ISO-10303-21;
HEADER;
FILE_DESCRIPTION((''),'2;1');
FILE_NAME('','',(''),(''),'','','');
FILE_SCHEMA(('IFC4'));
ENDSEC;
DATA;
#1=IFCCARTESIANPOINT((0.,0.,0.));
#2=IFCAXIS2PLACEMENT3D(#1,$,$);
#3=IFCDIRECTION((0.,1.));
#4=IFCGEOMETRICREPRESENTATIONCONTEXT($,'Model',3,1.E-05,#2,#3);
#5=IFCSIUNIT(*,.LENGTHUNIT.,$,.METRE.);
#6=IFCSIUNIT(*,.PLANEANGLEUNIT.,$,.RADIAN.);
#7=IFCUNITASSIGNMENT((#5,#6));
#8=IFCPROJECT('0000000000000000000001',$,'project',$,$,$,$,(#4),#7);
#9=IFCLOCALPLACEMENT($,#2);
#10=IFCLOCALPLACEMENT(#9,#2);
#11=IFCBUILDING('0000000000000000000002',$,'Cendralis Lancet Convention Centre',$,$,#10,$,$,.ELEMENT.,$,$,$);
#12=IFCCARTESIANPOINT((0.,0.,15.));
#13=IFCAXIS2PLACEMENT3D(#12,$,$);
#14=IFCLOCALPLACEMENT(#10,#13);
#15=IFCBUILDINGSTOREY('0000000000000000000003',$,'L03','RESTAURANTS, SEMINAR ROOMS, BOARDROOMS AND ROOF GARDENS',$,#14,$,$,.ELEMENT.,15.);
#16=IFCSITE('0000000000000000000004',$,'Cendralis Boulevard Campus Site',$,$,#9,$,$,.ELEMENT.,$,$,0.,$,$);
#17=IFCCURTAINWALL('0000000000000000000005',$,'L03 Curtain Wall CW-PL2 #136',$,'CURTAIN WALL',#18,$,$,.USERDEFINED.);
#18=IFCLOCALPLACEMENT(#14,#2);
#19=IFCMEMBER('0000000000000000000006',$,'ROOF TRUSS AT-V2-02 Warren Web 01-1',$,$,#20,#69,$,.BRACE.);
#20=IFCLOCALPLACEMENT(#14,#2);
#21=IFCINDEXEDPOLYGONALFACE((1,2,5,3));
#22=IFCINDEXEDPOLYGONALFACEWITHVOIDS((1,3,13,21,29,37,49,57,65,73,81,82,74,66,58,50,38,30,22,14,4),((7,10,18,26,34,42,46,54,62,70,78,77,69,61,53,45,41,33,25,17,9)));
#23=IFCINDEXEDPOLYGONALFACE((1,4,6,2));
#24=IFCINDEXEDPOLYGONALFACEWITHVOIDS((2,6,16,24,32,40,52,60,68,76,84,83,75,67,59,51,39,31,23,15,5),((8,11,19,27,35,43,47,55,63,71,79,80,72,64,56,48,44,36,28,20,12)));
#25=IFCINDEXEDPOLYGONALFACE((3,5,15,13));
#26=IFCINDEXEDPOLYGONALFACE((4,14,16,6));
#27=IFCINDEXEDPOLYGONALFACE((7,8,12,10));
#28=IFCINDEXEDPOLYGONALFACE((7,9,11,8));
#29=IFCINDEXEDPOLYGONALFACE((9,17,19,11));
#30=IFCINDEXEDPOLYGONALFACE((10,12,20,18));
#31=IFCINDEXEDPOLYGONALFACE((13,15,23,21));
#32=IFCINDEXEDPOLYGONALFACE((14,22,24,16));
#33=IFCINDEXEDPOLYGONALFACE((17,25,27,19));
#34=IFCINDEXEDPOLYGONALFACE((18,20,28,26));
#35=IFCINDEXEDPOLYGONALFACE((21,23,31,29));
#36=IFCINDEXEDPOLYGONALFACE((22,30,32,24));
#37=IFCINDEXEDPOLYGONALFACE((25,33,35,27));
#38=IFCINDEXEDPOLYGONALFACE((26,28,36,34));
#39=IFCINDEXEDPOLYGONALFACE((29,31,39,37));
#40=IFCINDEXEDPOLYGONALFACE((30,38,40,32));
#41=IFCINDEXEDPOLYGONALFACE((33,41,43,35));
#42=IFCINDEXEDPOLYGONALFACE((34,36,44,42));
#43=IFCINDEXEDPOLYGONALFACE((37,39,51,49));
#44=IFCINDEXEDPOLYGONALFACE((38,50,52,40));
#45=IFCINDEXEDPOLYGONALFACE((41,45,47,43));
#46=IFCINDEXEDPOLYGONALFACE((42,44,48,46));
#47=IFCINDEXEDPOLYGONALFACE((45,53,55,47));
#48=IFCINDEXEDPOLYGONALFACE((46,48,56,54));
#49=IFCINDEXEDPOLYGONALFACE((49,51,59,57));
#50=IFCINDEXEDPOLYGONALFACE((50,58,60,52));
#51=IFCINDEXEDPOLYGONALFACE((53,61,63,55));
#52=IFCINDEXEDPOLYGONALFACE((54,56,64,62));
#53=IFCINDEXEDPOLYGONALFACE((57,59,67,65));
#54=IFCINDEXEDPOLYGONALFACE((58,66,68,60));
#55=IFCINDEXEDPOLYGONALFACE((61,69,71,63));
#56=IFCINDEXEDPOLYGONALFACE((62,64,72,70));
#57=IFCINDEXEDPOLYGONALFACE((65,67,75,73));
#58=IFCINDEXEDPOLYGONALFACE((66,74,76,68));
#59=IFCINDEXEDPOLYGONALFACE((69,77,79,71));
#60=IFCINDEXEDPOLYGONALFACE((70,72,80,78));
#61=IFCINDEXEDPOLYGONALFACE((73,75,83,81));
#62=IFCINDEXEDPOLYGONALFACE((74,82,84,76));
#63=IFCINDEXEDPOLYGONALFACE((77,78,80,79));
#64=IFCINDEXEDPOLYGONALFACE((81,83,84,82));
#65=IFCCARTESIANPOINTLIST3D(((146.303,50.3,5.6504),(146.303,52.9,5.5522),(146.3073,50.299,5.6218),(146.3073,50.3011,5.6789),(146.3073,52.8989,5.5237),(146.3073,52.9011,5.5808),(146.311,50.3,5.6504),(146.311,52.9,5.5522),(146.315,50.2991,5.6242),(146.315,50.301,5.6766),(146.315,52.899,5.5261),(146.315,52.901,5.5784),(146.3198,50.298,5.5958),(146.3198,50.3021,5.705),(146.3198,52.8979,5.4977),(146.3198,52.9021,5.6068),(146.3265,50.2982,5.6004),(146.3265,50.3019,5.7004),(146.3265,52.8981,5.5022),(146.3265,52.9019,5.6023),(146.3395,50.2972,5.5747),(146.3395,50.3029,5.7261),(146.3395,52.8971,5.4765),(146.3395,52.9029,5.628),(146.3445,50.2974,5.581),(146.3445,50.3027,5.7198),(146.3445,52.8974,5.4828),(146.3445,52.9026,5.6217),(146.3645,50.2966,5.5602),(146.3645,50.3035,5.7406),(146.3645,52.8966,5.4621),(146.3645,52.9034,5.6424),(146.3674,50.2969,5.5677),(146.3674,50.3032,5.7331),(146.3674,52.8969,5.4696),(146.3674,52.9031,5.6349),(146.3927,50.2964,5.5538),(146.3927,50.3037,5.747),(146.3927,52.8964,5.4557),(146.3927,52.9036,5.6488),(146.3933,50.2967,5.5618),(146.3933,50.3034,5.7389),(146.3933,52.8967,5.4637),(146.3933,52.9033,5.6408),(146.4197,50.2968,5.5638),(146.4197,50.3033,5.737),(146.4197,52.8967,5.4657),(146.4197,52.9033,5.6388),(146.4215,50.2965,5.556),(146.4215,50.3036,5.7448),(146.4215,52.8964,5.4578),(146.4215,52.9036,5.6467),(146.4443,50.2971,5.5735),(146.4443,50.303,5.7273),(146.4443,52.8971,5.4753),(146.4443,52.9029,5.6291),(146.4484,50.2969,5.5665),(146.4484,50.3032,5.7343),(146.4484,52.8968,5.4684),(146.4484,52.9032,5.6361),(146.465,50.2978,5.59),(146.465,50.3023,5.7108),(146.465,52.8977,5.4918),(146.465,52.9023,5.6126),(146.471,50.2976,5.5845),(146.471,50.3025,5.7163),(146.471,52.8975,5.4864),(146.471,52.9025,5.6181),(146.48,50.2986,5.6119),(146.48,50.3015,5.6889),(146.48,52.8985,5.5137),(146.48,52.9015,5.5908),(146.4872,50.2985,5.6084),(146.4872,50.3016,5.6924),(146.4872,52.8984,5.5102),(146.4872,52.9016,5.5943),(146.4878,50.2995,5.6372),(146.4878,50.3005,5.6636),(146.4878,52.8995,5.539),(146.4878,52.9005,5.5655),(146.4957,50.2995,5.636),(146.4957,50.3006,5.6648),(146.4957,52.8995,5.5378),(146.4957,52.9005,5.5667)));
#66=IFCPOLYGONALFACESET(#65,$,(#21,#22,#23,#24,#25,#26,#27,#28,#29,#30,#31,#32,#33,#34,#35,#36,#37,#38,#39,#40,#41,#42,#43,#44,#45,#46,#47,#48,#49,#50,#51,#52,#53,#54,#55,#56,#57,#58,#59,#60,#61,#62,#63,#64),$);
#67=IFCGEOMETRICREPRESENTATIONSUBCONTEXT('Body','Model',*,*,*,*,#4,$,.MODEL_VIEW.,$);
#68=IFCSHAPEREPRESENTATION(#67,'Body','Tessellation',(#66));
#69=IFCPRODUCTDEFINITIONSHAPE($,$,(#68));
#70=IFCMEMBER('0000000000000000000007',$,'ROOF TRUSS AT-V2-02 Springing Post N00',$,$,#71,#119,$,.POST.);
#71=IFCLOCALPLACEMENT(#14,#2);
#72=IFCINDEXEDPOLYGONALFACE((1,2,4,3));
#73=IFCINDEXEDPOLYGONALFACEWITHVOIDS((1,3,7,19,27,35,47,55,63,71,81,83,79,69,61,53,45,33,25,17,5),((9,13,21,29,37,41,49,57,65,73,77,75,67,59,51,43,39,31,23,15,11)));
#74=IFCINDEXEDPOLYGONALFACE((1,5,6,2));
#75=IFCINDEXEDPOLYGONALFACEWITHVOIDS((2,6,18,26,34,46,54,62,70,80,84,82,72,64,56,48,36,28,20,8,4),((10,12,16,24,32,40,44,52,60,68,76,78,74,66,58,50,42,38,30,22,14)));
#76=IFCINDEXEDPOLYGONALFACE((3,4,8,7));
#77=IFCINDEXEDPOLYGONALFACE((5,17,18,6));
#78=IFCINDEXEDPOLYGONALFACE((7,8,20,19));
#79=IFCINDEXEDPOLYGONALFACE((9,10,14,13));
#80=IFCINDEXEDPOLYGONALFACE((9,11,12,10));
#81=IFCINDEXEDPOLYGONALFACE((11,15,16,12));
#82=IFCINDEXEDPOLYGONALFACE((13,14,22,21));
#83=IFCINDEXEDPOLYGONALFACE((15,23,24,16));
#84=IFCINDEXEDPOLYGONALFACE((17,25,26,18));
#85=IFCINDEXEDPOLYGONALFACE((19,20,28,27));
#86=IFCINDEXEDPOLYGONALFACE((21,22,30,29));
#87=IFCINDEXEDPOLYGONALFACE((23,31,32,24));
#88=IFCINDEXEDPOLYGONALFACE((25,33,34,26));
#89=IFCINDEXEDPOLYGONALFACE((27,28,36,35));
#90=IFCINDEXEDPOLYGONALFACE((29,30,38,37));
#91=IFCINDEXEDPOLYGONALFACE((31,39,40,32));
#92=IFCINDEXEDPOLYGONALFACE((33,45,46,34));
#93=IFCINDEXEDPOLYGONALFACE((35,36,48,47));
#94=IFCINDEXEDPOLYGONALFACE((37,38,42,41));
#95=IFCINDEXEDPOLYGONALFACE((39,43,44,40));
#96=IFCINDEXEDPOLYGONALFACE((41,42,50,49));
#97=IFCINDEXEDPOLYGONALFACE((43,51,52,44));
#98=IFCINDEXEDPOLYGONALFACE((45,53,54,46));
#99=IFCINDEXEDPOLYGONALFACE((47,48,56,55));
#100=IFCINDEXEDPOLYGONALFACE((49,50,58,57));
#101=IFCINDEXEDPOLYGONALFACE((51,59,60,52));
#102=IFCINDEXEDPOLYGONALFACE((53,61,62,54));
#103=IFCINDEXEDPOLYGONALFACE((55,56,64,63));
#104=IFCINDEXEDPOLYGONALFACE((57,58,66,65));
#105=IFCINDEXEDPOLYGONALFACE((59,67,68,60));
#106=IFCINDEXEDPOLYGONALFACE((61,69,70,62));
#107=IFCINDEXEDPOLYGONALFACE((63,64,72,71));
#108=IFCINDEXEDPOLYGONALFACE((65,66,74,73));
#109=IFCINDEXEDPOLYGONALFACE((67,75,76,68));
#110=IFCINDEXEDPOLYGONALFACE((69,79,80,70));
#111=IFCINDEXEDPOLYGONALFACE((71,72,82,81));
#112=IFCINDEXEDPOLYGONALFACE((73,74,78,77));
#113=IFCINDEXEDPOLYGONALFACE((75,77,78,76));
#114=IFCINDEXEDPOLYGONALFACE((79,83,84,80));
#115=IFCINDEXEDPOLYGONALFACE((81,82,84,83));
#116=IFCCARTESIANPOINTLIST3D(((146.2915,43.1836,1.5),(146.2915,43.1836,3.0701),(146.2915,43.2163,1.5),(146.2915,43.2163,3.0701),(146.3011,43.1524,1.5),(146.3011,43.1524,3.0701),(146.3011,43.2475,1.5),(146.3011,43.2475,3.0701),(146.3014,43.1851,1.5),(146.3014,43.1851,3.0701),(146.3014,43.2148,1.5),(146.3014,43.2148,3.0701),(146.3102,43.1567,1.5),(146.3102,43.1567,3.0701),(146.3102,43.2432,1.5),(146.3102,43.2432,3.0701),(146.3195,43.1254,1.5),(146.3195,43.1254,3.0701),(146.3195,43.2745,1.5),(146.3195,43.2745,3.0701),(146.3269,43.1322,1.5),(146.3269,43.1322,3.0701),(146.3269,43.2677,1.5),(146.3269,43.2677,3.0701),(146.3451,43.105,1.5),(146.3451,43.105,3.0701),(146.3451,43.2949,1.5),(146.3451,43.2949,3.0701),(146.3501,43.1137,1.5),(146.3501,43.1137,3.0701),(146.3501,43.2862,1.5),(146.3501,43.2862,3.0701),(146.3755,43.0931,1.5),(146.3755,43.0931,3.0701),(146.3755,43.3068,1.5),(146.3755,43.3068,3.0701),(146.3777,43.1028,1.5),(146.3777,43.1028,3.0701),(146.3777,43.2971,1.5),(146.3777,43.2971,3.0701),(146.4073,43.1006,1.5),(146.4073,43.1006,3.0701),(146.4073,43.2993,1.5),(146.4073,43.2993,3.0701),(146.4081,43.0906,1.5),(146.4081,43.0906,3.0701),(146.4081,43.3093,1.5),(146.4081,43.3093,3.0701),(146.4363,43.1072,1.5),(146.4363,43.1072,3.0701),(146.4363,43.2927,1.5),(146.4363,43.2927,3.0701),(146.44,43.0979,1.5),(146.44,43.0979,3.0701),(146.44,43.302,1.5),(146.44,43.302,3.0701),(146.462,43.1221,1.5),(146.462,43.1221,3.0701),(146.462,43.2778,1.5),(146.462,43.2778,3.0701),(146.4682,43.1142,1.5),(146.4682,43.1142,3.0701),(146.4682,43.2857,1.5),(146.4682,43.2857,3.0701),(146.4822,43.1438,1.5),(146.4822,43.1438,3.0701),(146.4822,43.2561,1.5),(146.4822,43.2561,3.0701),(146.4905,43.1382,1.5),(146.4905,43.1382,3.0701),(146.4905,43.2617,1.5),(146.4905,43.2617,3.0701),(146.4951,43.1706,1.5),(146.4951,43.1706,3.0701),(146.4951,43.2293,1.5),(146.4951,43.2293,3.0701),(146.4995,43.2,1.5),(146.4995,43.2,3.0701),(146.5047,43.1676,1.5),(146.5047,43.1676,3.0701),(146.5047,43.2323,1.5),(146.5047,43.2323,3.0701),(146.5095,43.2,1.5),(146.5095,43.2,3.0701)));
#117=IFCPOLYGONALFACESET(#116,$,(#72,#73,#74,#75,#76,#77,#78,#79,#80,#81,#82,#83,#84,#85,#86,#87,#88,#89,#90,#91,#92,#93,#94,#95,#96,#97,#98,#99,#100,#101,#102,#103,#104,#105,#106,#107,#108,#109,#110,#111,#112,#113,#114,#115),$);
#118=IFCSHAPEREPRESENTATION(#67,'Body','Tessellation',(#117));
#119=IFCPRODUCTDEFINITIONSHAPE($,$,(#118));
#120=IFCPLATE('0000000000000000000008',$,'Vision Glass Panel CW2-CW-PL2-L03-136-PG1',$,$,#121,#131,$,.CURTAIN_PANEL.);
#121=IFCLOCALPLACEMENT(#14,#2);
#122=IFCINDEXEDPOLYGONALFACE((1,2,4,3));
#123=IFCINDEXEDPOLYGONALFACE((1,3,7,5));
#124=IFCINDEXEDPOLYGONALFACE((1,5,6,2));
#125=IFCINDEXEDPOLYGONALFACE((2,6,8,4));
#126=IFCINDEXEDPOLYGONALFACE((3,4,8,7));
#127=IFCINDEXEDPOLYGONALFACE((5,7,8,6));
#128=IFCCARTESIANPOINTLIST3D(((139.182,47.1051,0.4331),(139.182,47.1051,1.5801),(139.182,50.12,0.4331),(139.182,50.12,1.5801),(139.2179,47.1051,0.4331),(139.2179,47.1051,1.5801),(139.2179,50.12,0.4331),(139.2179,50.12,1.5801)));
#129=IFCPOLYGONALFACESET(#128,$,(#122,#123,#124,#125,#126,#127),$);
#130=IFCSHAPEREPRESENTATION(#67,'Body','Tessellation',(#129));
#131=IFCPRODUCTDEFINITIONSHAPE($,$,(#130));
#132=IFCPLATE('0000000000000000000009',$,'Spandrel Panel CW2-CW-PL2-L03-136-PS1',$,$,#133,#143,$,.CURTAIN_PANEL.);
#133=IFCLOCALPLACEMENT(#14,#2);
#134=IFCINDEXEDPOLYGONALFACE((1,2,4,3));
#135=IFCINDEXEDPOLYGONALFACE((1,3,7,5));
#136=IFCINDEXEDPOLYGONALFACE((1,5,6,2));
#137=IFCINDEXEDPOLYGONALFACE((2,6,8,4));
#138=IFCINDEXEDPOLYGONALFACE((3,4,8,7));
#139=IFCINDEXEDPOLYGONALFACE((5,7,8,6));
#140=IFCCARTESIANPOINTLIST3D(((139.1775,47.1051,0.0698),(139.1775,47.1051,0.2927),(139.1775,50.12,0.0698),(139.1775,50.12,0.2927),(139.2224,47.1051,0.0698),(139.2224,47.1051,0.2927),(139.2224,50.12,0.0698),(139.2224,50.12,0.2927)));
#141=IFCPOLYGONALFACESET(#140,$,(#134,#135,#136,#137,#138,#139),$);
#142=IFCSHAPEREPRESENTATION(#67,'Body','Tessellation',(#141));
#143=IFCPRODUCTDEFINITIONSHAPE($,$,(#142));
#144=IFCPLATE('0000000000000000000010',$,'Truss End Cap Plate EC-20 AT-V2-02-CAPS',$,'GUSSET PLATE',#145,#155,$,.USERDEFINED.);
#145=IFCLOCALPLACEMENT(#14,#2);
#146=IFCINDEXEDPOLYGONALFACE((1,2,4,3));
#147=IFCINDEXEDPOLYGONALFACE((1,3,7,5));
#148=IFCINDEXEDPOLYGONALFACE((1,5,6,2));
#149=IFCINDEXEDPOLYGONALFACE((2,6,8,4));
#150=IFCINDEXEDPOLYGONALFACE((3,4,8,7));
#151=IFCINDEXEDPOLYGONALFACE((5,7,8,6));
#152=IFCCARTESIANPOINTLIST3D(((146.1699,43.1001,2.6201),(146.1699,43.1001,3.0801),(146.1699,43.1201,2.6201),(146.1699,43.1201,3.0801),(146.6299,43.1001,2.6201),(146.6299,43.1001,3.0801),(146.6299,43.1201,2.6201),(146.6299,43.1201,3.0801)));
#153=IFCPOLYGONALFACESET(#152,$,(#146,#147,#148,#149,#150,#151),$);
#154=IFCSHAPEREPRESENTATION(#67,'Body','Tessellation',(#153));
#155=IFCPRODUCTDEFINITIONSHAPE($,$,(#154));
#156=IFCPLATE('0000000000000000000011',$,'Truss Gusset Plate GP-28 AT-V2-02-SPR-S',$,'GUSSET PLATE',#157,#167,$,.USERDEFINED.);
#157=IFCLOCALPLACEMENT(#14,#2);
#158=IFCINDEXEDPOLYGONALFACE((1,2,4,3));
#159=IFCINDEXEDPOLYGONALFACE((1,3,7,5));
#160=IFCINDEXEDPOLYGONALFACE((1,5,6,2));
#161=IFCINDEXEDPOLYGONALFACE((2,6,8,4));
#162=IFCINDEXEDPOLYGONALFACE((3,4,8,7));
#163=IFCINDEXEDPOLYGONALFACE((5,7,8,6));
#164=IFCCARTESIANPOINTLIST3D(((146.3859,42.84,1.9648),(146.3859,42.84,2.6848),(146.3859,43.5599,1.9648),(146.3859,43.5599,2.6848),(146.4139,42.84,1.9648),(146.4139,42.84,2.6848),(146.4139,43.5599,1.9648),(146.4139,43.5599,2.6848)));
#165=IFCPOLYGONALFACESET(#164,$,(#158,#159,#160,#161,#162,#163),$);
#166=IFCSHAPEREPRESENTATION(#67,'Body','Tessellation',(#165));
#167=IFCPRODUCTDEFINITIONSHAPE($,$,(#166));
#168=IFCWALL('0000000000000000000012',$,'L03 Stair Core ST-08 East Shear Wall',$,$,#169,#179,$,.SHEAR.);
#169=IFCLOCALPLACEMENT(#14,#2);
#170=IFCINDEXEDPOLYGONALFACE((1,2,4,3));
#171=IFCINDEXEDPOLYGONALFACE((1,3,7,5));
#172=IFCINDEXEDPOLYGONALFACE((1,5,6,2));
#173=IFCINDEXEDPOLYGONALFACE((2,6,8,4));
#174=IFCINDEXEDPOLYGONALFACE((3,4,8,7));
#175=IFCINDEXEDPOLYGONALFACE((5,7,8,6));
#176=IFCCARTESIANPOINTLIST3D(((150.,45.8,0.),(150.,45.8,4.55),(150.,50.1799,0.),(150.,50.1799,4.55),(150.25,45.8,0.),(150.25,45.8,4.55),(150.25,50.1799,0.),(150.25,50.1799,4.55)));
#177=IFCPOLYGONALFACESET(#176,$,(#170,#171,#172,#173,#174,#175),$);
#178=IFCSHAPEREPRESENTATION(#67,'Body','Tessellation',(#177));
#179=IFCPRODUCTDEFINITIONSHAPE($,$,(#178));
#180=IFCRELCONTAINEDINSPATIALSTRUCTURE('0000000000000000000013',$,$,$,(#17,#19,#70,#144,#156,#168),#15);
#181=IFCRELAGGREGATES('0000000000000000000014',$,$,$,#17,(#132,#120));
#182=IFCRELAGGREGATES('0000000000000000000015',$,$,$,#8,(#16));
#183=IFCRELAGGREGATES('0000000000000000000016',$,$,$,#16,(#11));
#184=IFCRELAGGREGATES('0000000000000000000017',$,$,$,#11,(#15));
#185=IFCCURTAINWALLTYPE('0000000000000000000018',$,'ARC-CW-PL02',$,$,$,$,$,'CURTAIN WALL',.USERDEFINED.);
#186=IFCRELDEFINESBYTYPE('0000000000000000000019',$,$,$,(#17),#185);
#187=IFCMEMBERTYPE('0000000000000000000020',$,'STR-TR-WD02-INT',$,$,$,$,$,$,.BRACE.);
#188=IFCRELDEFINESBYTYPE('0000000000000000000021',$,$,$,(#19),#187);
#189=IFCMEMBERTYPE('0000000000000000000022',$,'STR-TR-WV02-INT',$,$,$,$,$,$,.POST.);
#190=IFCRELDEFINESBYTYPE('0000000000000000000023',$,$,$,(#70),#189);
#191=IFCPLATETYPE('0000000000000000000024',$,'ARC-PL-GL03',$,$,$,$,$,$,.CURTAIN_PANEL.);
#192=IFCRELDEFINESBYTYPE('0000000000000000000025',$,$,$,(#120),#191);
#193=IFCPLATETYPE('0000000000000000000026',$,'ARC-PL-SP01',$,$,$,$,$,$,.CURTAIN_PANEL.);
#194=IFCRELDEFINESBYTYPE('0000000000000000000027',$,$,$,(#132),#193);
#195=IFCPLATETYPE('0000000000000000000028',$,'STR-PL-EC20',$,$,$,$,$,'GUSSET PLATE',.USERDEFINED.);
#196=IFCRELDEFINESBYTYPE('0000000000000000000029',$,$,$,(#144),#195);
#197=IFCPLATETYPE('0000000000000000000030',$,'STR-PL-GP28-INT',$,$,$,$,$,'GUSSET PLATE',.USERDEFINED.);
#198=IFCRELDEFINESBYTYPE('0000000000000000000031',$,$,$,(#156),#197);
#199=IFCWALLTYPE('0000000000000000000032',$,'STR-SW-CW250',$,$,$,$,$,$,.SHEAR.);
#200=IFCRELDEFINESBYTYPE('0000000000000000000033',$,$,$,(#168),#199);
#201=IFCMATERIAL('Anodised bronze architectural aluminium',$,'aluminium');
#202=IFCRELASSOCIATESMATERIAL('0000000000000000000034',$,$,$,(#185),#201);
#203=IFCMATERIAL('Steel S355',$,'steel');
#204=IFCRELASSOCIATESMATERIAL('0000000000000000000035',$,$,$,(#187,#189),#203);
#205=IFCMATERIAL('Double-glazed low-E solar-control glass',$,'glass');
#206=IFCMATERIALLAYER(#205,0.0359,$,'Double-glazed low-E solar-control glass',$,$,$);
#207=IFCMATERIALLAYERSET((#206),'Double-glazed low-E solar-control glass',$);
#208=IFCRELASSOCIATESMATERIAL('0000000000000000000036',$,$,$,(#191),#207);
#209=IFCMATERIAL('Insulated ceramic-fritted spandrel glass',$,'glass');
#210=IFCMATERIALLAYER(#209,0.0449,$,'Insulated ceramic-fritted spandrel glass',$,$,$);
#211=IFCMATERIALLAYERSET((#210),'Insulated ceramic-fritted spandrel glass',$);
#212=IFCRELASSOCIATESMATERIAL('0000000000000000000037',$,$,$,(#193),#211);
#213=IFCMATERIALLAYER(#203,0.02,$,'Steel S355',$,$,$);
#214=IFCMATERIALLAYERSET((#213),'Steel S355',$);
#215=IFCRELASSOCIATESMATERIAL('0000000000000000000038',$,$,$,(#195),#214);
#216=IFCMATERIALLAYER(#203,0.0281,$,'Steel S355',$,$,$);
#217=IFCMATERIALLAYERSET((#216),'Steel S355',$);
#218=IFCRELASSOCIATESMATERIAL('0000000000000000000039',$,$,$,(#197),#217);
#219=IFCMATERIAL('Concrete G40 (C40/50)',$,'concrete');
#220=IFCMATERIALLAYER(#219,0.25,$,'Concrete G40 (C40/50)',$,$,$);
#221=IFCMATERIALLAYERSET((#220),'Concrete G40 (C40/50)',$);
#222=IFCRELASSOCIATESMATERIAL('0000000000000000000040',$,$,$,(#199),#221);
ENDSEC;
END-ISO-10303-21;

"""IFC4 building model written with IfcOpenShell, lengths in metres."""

from ifc_helpers import new_model, si_unit, direction, frame, frame_2d, origin, origin_2d, place, context, subcontext, project, spatial, rectangle, hollow_circle, extrude, material, layer, layer_set, material_profile, profile_set, type_object, element, aggregate, save


model = new_model("IFC4")

# Units and contexts
model_context = context("Model", 3, precision=1e-05, world=origin(), true_north=direction((0.0, 1.0)))
body_context = subcontext(model_context, "Body", "Model", "MODEL_VIEW")
ifc_project = project(units=[si_unit("LENGTHUNIT", "METRE"), si_unit("PLANEANGLEUNIT", "RADIAN")], contexts=[model_context])

# Site, building, storey
site_placement = place(None, origin())
site = spatial("IfcSite", under=ifc_project, at=site_placement, Name="Cendralis Boulevard Campus Site", CompositionType="ELEMENT", RefElevation=0.0)
building_placement = place(site_placement, origin())
building = spatial("IfcBuilding", under=site, at=building_placement, Name="Cendralis Lancet Convention Centre", CompositionType="ELEMENT")
storey_placement = place(building_placement, frame((0.0, 0.0, 15.0)))
storey = spatial("IfcBuildingStorey", under=building, at=storey_placement, Name="L03", Description="RESTAURANTS, SEMINAR ROOMS, BOARDROOMS AND ROOF GARDENS", CompositionType="ELEMENT", Elevation=15.0)

# Shared definitions
ifc_material_1 = material(Name="Concrete G40 (C40/50)", Category="concrete")
ifc_material_2 = material(Name="Steel S355", Category="steel")

# Curtain wall
ifc_material_3 = material(Name="Anodised bronze architectural aluminium", Category="aluminium")
curtain_wall_type = type_object("IfcCurtainWallType", Name="ARC-CW-PL02", ElementType="CURTAIN WALL", PredefinedType="USERDEFINED", material=ifc_material_3)
curtain_wall_placement = place(storey_placement, origin())
curtain_wall = element("IfcCurtainWall", 1, at=curtain_wall_placement, inside=storey, type_object=curtain_wall_type, Name="L03 Curtain Wall CW-PL2 #136", ObjectType="CURTAIN WALL", PredefinedType="USERDEFINED")

# Members
ifc_material_profile_1 = material_profile(ifc_material_2, hollow_circle(Radius=0.0969, WallThickness=0.0081, at=origin_2d()), Name="CHS 193.7x8.0")
ifc_profile_set_1 = profile_set([ifc_material_profile_1], Name="Steel S355")
member_type_1 = type_object("IfcMemberType", Name="STR-TR-WD02-INT", PredefinedType="BRACE", material=ifc_profile_set_1)
member_1_placement = place(storey_placement, frame((146.3999, 50.3, 5.6504), z_axis=(0.0, 0.999288, -0.037723), x_axis=(-1.0, 0.0, 0.0)))
element("IfcMember", 2, at=member_1_placement, inside=storey, type_object=member_type_1, Name="ROOF TRUSS AT-V2-02 Warren Web 01-1", PredefinedType="BRACE", context=body_context, shape_type="SweptSolid", body=[
    extrude(hollow_circle(Radius=0.0969, WallThickness=0.0081, at=origin_2d()), origin(), (0.0, 0.0, 1.0), 2.6018),
])
ifc_material_profile_2 = material_profile(ifc_material_2, hollow_circle(Radius=0.1096, WallThickness=0.01, at=origin_2d()), Name="CHS 219.1x10.0")
ifc_profile_set_2 = profile_set([ifc_material_profile_2], Name="Steel S355")
member_type_2 = type_object("IfcMemberType", Name="STR-TR-WV02-INT", PredefinedType="POST", material=ifc_profile_set_2)
member_2_placement = place(storey_placement, frame((146.3999, 43.2, 1.5), z_axis=(0.0, 0.0, 1.0), x_axis=(1.0, 0.0, 0.0)))
element("IfcMember", 3, at=member_2_placement, inside=storey, type_object=member_type_2, Name="ROOF TRUSS AT-V2-02 Springing Post N00", PredefinedType="POST", context=body_context, shape_type="SweptSolid", body=[
    extrude(hollow_circle(Radius=0.1096, WallThickness=0.01, at=origin_2d()), origin(), (0.0, 0.0, 1.0), 1.5701),
])

# Plates
ifc_material_4 = material(Name="Double-glazed low-E solar-control glass", Category="glass")
ifc_layer_1 = layer(ifc_material_4, 0.0359, Name="Double-glazed low-E solar-control glass")
ifc_layer_set_1 = layer_set([ifc_layer_1], Name="Double-glazed low-E solar-control glass")
plate_type_1 = type_object("IfcPlateType", Name="ARC-PL-GL03", PredefinedType="CURTAIN_PANEL", material=ifc_layer_set_1)
plate_1_placement = place(storey_placement, frame((139.2, 48.6125, 0.4331), z_axis=(0.0, 0.0, 1.0), x_axis=(0.0, 1.0, 0.0)))
plate_1 = element("IfcPlate", 4, at=plate_1_placement, type_object=plate_type_1, Name="Vision Glass Panel CW2-CW-PL2-L03-136-PG1", PredefinedType="CURTAIN_PANEL", context=body_context, shape_type="SweptSolid", body=[
    extrude(rectangle(XDim=3.0149, YDim=0.0359, at=origin_2d()), origin(), (0.0, 0.0, 1.0), 1.147),
])
ifc_material_5 = material(Name="Insulated ceramic-fritted spandrel glass", Category="glass")
ifc_layer_2 = layer(ifc_material_5, 0.0449, Name="Insulated ceramic-fritted spandrel glass")
ifc_layer_set_2 = layer_set([ifc_layer_2], Name="Insulated ceramic-fritted spandrel glass")
plate_type_2 = type_object("IfcPlateType", Name="ARC-PL-SP01", PredefinedType="CURTAIN_PANEL", material=ifc_layer_set_2)
plate_2_placement = place(storey_placement, frame((139.2, 48.6125, 0.0698), z_axis=(0.0, 0.0, 1.0), x_axis=(0.0, 1.0, 0.0)))
plate_2 = element("IfcPlate", 5, at=plate_2_placement, type_object=plate_type_2, Name="Spandrel Panel CW2-CW-PL2-L03-136-PS1", PredefinedType="CURTAIN_PANEL", context=body_context, shape_type="SweptSolid", body=[
    extrude(rectangle(XDim=3.0149, YDim=0.0449, at=origin_2d()), origin(), (0.0, 0.0, 1.0), 0.2229),
])
aggregate(curtain_wall, [plate_2, plate_1])

# Plates
ifc_layer_3 = layer(ifc_material_2, 0.02, Name="Steel S355")
ifc_layer_set_3 = layer_set([ifc_layer_3], Name="Steel S355")
plate_type_3 = type_object("IfcPlateType", Name="STR-PL-EC20", ElementType="GUSSET PLATE", PredefinedType="USERDEFINED", material=ifc_layer_set_3)
plate_3_placement = place(storey_placement, frame((146.3999, 43.1101, 2.6201), z_axis=(0.0, 0.0, 1.0), x_axis=(1.0, 0.0, 0.0)))
element("IfcPlate", 6, at=plate_3_placement, inside=storey, type_object=plate_type_3, Name="Truss End Cap Plate EC-20 AT-V2-02-CAPS", ObjectType="GUSSET PLATE", PredefinedType="USERDEFINED", context=body_context, shape_type="SweptSolid", body=[
    extrude(rectangle(XDim=0.46, YDim=0.02, at=origin_2d()), origin(), (0.0, 0.0, 1.0), 0.46),
])
ifc_layer_4 = layer(ifc_material_2, 0.0281, Name="Steel S355")
ifc_layer_set_4 = layer_set([ifc_layer_4], Name="Steel S355")
plate_type_4 = type_object("IfcPlateType", Name="STR-PL-GP28-INT", ElementType="GUSSET PLATE", PredefinedType="USERDEFINED", material=ifc_layer_set_4)
plate_4_placement = place(storey_placement, frame((146.3999, 43.2, 1.9648), z_axis=(0.0, 0.0, 1.0), x_axis=(0.0, 1.0, 0.0)))
element("IfcPlate", 7, at=plate_4_placement, inside=storey, type_object=plate_type_4, Name="Truss Gusset Plate GP-28 AT-V2-02-SPR-S", ObjectType="GUSSET PLATE", PredefinedType="USERDEFINED", context=body_context, shape_type="SweptSolid", body=[
    extrude(rectangle(XDim=0.72, YDim=0.0281, at=origin_2d()), origin(), (0.0, 0.0, 1.0), 0.72),
])

# Shared definitions
ifc_layer_5 = layer(ifc_material_1, 0.25, Name="Concrete G40 (C40/50)")
ifc_layer_set_5 = layer_set([ifc_layer_5], Name="Concrete G40 (C40/50)")
wall_type = type_object("IfcWallType", Name="STR-SW-CW250", PredefinedType="SHEAR", material=ifc_layer_set_5)

# Wall
wall_1_placement = place(storey_placement, frame((150.125, 45.8, 0.0), z_axis=(0.0, 0.0, 1.0), x_axis=(0.0, 1.0, 0.0)))
element("IfcWall", 8, at=wall_1_placement, inside=storey, type_object=wall_type, Name="L03 Stair Core ST-08 East Shear Wall", PredefinedType="SHEAR", context=body_context, shape_type="SweptSolid", body=[
    extrude(rectangle(XDim=4.3799, YDim=0.25, at=frame_2d((2.1899, 0.0))), origin(), (0.0, 0.0, 1.0), 4.55),
])

save(model, "model.ifc")
